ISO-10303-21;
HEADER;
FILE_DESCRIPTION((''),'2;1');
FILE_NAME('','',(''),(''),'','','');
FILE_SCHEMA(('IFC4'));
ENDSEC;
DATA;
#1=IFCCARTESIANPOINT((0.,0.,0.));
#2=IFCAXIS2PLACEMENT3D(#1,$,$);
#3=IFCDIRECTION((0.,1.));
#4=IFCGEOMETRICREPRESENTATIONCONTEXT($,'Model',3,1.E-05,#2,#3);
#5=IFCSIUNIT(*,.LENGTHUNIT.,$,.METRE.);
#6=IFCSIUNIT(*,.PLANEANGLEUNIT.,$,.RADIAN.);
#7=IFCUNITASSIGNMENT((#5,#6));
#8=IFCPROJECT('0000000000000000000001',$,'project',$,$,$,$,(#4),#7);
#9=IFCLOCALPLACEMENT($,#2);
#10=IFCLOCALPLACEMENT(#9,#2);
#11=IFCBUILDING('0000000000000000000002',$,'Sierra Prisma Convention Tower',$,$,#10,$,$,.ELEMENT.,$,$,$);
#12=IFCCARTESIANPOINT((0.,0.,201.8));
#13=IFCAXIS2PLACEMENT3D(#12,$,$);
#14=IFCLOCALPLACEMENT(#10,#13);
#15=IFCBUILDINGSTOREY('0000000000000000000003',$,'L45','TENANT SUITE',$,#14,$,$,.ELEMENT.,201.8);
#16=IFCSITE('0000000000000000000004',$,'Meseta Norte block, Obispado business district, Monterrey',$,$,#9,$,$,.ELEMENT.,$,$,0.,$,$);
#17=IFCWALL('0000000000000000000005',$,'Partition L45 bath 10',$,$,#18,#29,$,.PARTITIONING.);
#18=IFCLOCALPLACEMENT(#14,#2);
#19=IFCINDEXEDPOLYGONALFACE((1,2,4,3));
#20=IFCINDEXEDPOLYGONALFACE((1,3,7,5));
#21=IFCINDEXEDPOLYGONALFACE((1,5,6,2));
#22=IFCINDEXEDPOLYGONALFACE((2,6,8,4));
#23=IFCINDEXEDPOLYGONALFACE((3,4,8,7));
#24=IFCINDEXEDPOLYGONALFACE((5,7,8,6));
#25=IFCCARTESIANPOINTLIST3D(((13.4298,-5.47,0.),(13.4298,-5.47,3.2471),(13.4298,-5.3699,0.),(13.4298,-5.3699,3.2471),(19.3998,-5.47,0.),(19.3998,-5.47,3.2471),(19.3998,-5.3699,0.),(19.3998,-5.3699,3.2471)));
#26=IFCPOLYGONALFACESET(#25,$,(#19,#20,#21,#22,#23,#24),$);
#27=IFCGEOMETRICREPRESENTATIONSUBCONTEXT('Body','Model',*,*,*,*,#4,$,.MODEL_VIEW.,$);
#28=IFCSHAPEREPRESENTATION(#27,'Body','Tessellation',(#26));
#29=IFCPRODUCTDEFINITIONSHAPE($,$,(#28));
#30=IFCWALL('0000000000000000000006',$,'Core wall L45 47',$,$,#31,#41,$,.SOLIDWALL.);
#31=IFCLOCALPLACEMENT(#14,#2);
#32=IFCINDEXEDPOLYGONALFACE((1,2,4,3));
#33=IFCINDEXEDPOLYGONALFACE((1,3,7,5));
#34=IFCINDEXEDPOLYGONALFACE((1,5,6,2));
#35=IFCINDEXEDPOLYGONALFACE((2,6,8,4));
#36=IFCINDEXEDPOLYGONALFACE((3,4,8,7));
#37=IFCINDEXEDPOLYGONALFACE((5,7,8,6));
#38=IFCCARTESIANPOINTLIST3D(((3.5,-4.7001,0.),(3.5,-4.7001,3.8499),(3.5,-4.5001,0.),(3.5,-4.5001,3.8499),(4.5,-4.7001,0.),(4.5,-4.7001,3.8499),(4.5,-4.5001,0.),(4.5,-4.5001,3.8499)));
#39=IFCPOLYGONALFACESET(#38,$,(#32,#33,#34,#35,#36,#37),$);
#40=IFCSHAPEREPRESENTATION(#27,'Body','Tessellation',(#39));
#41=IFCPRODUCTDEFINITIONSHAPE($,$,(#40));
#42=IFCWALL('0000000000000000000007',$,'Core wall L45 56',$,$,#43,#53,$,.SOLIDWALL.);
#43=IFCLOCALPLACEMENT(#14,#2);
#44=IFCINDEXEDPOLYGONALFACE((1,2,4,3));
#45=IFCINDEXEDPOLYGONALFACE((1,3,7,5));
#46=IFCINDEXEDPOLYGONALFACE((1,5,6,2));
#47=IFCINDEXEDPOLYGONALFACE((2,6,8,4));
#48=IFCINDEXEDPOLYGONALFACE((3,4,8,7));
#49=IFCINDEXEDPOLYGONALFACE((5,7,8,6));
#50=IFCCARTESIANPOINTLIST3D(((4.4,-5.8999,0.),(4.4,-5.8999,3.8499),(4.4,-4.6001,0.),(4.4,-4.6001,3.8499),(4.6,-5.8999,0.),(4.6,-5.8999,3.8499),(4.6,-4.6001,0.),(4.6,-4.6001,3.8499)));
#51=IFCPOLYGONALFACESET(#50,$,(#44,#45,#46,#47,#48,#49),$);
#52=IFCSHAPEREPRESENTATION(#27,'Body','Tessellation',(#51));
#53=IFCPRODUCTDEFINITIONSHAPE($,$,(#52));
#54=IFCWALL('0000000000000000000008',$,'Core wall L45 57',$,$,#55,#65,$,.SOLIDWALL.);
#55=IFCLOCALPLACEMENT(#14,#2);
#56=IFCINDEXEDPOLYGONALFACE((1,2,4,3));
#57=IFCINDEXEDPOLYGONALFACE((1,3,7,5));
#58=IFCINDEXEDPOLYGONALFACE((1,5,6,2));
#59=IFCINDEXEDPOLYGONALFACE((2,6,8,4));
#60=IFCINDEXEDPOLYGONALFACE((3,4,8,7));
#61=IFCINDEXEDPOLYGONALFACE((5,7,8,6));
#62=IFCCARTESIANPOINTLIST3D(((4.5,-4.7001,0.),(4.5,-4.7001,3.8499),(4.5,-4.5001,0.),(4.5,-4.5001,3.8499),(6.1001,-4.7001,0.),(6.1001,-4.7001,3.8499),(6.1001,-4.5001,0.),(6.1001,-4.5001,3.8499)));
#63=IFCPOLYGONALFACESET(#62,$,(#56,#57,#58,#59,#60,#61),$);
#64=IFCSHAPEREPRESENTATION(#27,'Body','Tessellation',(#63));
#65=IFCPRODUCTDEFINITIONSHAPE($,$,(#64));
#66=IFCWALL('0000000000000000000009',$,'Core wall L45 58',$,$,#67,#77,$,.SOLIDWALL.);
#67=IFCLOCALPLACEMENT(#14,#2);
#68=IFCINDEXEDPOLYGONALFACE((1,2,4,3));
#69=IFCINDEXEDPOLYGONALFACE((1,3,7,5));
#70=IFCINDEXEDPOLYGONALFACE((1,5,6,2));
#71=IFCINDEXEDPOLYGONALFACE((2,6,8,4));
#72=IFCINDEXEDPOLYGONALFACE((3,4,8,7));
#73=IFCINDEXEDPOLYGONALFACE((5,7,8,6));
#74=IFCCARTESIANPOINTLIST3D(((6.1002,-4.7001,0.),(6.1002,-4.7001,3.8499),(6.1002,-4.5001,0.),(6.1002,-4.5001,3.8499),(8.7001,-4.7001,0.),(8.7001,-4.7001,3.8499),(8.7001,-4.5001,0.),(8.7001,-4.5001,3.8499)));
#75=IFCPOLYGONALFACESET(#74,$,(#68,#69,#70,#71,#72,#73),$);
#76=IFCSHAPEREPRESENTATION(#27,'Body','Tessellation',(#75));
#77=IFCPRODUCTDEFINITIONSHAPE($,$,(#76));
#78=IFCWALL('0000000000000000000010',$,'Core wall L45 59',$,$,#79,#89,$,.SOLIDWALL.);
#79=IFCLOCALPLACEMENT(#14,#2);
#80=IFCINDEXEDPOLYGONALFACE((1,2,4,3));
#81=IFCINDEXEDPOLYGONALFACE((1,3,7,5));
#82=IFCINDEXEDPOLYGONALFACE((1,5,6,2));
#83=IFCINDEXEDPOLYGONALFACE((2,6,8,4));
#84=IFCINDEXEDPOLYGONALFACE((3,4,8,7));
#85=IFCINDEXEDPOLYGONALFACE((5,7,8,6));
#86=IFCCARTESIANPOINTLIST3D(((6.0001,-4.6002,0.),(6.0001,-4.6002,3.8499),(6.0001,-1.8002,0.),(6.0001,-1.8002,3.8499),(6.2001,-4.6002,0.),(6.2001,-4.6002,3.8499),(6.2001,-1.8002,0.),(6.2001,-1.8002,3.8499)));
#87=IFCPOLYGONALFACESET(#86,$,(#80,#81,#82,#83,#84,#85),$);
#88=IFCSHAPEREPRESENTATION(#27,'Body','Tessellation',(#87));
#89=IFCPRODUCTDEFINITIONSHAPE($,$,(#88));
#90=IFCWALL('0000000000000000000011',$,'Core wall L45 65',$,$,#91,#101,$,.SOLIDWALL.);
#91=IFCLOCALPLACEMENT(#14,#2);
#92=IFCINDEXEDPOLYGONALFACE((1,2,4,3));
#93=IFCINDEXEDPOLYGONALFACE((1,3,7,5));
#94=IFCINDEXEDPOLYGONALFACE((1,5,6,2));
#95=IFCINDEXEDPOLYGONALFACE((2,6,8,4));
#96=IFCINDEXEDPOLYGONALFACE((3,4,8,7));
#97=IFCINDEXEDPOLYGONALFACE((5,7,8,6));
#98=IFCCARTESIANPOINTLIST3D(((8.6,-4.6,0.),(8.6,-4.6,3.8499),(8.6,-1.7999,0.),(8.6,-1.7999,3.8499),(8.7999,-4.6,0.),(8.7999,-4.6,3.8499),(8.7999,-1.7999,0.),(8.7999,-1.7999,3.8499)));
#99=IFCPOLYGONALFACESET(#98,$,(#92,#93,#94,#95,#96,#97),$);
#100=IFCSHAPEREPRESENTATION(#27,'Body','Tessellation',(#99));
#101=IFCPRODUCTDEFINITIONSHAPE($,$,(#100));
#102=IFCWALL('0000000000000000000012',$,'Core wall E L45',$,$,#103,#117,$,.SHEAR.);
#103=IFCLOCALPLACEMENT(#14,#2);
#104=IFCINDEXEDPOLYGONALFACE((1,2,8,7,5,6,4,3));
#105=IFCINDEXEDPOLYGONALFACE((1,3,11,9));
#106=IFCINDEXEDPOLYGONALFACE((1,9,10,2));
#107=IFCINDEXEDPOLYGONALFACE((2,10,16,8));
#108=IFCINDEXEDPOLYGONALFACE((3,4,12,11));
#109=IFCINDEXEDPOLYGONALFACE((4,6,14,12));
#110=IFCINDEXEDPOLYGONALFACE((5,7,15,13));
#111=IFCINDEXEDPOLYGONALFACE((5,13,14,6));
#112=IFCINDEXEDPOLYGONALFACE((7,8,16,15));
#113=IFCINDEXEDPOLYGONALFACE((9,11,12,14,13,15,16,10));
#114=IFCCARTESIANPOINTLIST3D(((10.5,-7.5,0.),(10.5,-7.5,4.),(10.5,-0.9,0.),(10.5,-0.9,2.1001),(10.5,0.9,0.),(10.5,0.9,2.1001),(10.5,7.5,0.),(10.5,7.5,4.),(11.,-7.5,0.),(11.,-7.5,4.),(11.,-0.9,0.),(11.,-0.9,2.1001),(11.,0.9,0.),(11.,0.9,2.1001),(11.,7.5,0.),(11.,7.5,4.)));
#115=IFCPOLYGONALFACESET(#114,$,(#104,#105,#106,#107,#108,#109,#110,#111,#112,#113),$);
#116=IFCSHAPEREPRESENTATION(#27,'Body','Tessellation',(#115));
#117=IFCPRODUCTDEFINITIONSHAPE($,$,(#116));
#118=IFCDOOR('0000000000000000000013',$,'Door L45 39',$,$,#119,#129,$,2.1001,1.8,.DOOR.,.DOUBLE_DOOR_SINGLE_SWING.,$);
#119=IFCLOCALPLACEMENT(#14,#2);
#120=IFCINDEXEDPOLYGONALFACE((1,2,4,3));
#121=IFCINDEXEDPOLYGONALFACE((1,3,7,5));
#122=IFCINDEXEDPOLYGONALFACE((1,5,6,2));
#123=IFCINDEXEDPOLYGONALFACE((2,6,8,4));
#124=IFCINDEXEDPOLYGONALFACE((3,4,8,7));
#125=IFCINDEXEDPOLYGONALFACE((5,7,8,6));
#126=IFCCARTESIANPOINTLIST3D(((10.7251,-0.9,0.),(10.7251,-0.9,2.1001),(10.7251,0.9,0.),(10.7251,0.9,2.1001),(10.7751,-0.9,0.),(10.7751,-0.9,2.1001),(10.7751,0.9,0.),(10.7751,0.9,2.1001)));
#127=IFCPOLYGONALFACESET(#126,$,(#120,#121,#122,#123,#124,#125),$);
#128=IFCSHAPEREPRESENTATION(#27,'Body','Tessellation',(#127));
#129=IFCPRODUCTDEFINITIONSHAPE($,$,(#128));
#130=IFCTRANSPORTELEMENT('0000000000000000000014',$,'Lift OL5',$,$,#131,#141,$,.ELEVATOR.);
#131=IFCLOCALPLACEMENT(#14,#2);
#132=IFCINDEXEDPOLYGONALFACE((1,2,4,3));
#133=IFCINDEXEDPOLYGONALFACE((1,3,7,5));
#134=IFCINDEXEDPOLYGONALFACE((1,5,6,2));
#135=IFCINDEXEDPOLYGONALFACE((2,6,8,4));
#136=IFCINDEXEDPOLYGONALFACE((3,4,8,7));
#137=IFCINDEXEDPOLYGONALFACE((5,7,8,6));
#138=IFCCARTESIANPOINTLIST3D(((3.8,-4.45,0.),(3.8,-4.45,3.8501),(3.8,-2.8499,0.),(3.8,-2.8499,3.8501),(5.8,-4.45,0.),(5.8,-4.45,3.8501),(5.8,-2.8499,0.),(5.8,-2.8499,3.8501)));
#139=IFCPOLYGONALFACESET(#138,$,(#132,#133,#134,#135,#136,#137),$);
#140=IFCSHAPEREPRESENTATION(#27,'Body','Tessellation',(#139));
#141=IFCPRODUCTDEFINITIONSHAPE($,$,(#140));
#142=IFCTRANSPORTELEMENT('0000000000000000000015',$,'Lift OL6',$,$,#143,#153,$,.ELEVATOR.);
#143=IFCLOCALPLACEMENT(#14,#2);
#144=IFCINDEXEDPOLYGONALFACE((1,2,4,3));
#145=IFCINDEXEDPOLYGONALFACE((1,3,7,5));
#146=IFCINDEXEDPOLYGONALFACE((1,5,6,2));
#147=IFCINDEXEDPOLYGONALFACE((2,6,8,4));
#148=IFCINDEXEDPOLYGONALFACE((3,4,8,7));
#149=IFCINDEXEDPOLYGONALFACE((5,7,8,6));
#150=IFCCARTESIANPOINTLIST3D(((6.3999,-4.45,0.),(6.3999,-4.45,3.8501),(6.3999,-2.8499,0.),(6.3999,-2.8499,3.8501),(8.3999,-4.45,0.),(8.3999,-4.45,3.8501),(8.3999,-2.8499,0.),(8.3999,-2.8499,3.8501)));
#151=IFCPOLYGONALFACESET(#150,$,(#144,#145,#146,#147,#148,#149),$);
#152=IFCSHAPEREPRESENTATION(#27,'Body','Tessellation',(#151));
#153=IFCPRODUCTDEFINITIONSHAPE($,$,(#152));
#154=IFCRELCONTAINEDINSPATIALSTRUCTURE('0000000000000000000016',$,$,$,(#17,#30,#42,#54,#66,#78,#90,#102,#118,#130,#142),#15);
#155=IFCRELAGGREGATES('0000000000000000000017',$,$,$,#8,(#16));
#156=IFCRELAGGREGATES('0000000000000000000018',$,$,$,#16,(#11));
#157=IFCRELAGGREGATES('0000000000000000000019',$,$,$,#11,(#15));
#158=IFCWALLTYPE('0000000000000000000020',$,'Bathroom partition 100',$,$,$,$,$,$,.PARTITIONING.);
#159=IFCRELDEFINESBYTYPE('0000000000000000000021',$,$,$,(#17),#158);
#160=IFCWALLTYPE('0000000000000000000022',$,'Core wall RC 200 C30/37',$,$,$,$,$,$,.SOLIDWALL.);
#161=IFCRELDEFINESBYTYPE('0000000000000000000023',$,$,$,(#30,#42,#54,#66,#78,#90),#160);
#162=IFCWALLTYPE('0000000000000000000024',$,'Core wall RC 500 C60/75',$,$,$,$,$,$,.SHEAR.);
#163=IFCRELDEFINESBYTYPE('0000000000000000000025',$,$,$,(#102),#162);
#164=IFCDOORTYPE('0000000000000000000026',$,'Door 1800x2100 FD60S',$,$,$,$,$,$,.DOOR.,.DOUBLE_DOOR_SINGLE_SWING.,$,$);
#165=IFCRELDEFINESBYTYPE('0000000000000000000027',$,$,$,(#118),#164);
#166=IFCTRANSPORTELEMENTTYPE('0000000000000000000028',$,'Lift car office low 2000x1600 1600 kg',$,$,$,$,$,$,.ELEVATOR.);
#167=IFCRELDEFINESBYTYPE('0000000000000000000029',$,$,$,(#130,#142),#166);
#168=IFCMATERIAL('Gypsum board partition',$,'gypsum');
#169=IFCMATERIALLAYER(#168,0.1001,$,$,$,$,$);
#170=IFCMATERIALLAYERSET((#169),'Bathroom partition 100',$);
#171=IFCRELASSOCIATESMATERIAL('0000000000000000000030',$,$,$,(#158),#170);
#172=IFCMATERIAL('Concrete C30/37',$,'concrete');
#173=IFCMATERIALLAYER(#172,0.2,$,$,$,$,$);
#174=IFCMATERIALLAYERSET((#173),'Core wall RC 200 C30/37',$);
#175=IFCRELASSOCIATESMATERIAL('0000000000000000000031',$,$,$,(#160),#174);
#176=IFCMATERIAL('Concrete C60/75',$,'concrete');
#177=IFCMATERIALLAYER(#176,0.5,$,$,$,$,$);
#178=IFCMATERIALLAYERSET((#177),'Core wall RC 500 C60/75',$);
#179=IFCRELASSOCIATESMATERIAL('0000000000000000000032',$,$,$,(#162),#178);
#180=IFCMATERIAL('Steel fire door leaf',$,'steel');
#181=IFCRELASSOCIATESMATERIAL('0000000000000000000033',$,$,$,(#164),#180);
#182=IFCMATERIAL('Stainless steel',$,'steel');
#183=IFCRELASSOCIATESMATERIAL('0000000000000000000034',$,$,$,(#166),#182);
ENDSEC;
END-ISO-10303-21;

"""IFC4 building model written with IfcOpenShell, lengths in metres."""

from ifc_helpers import new_model, si_unit, direction, frame, frame_2d, origin, origin_2d, place, context, subcontext, project, spatial, rectangle, extrude, material, layer, layer_set, type_object, element, fill, save


model = new_model("IFC4")

# Units and contexts
model_context = context("Model", 3, precision=1e-05, world=origin(), true_north=direction((0.0, 1.0)))
body_context = subcontext(model_context, "Body", "Model", "MODEL_VIEW")
ifc_project = project(units=[si_unit("LENGTHUNIT", "METRE"), si_unit("PLANEANGLEUNIT", "RADIAN")], contexts=[model_context])

# Site, building, storey
site_placement = place(None, origin())
site = spatial("IfcSite", under=ifc_project, at=site_placement, Name="Meseta Norte block, Obispado business district, Monterrey", CompositionType="ELEMENT", RefElevation=0.0)
building_placement = place(site_placement, origin())
building = spatial("IfcBuilding", under=site, at=building_placement, Name="Sierra Prisma Convention Tower", CompositionType="ELEMENT")
storey_placement = place(building_placement, frame((0.0, 0.0, 201.8)))
storey = spatial("IfcBuildingStorey", under=building, at=storey_placement, Name="L45", Description="TENANT SUITE", CompositionType="ELEMENT", Elevation=201.8)

# Walls
ifc_material_1 = material(Name="Gypsum board partition", Category="gypsum")
ifc_layer_1 = layer(ifc_material_1, 0.1001)
ifc_layer_set_1 = layer_set([ifc_layer_1], Name="Bathroom partition 100")
wall_type_1 = type_object("IfcWallType", Name="Bathroom partition 100", PredefinedType="PARTITIONING", material=ifc_layer_set_1)
wall_1_placement = place(storey_placement, frame((13.4299, -5.4199, 0.0), z_axis=(0.0, 0.0, 1.0), x_axis=(1.0, 0.0, 0.0)))
element("IfcWall", 1, at=wall_1_placement, inside=storey, type_object=wall_type_1, Name="Partition L45 bath 10", PredefinedType="PARTITIONING", context=body_context, shape_type="SweptSolid", body=[
    extrude(rectangle(XDim=5.97, YDim=0.1001, at=frame_2d((2.9849, 0.0))), origin(), (0.0, 0.0, 1.0), 3.2471),
])
ifc_material_2 = material(Name="Concrete C30/37", Category="concrete")
ifc_layer_2 = layer(ifc_material_2, 0.2)
ifc_layer_set_2 = layer_set([ifc_layer_2], Name="Core wall RC 200 C30/37")
wall_type_2 = type_object("IfcWallType", Name="Core wall RC 200 C30/37", PredefinedType="SOLIDWALL", material=ifc_layer_set_2)
wall_2_placement = place(storey_placement, frame((4.5, -4.6001, 0.0), z_axis=(0.0, 0.0, 1.0), x_axis=(-1.0, 0.0, 0.0)))
element("IfcWall", 2, at=wall_2_placement, inside=storey, type_object=wall_type_2, Name="Core wall L45 47", PredefinedType="SOLIDWALL", context=body_context, shape_type="SweptSolid", body=[
    extrude(rectangle(XDim=1.0, YDim=0.2, at=frame_2d((0.5, 0.0))), origin(), (0.0, 0.0, 1.0), 3.8499),
])
wall_3_placement = place(storey_placement, frame((4.5, -4.6001, 0.0), z_axis=(0.0, 0.0, 1.0), x_axis=(0.0, -1.0, 0.0)))
element("IfcWall", 3, at=wall_3_placement, inside=storey, type_object=wall_type_2, Name="Core wall L45 56", PredefinedType="SOLIDWALL", context=body_context, shape_type="SweptSolid", body=[
    extrude(rectangle(XDim=1.2998, YDim=0.2, at=frame_2d((0.6499, 0.0))), origin(), (0.0, 0.0, 1.0), 3.8499),
])
wall_4_placement = place(storey_placement, frame((6.1001, -4.6001, 0.0), z_axis=(0.0, 0.0, 1.0), x_axis=(-1.0, 0.0, 0.0)))
element("IfcWall", 4, at=wall_4_placement, inside=storey, type_object=wall_type_2, Name="Core wall L45 57", PredefinedType="SOLIDWALL", context=body_context, shape_type="SweptSolid", body=[
    extrude(rectangle(XDim=1.6001, YDim=0.2, at=frame_2d((0.8, 0.0))), origin(), (0.0, 0.0, 1.0), 3.8499),
])
wall_5_placement = place(storey_placement, frame((8.7, -4.6001, 0.0), z_axis=(0.0, 0.0, 1.0), x_axis=(-1.0, 0.0, 0.0)))
element("IfcWall", 5, at=wall_5_placement, inside=storey, type_object=wall_type_2, Name="Core wall L45 58", PredefinedType="SOLIDWALL", context=body_context, shape_type="SweptSolid", body=[
    extrude(rectangle(XDim=2.5999, YDim=0.2, at=frame_2d((1.2998, 0.0))), origin(), (0.0, 0.0, 1.0), 3.8499),
])
wall_6_placement = place(storey_placement, frame((6.1001, -4.6001, 0.0), z_axis=(0.0, 0.0, 1.0), x_axis=(0.0, 1.0, 0.0)))
element("IfcWall", 6, at=wall_6_placement, inside=storey, type_object=wall_type_2, Name="Core wall L45 59", PredefinedType="SOLIDWALL", context=body_context, shape_type="SweptSolid", body=[
    extrude(rectangle(XDim=2.8, YDim=0.2, at=frame_2d((1.3999, 0.0))), origin(), (0.0, 0.0, 1.0), 3.8499),
])

# Wall
wall_7_placement = place(storey_placement, frame((8.7, -1.8, 0.0), z_axis=(0.0, 0.0, 1.0), x_axis=(0.0, -1.0, 0.0)))
element("IfcWall", 7, at=wall_7_placement, inside=storey, type_object=wall_type_2, Name="Core wall L45 65", PredefinedType="SOLIDWALL", context=body_context, shape_type="SweptSolid", body=[
    extrude(rectangle(XDim=2.8, YDim=0.2, at=frame_2d((1.3999, 0.0))), origin(), (0.0, 0.0, 1.0), 3.8499),
])

# Wall, opening, door
ifc_material_3 = material(Name="Concrete C60/75", Category="concrete")
ifc_layer_3 = layer(ifc_material_3, 0.5)
ifc_layer_set_3 = layer_set([ifc_layer_3], Name="Core wall RC 500 C60/75")
wall_type_3 = type_object("IfcWallType", Name="Core wall RC 500 C60/75", PredefinedType="SHEAR", material=ifc_layer_set_3)
wall_8_placement = place(storey_placement, frame((10.75, -7.5, 0.0), z_axis=(0.0, 0.0, 1.0), x_axis=(0.0, 1.0, 0.0)))
wall_8 = element("IfcWall", 8, at=wall_8_placement, inside=storey, type_object=wall_type_3, Name="Core wall E L45", PredefinedType="SHEAR", context=body_context, shape_type="SweptSolid", body=[
    extrude(rectangle(XDim=15.0, YDim=0.5, at=frame_2d((7.5, 0.0))), origin(), (0.0, 0.0, 1.0), 4.0),
])
opening_1_placement = place(wall_8_placement, frame((6.6001, 0.0, 0.0)))
opening_1 = element("IfcOpeningElement", 9, at=opening_1_placement, cuts=wall_8, PredefinedType="OPENING", context=body_context, shape_type="SweptSolid", body=[
    extrude(rectangle(XDim=1.8, YDim=2.1001, at=frame_2d((0.8999, 1.05))), frame((0.0, 0.25, 0.0), z_axis=(0.0, -1.0, 0.0), x_axis=(1.0, 0.0, 0.0)), (0.0, 0.0, 1.0), 0.5),
])
ifc_material_4 = material(Name="Steel fire door leaf", Category="steel")
door_type_1 = type_object("IfcDoorType", Name="Door 1800x2100 FD60S", OperationType="DOUBLE_DOOR_SINGLE_SWING", PredefinedType="DOOR", material=ifc_material_4)
door_1_placement = place(opening_1_placement, origin())
door_1 = element("IfcDoor", 10, at=door_1_placement, inside=storey, type_object=door_type_1, Name="Door L45 39", OperationType="DOUBLE_DOOR_SINGLE_SWING", OverallHeight=2.1001, OverallWidth=1.8, PredefinedType="DOOR", context=body_context, shape_type="SweptSolid", body=[
    extrude(rectangle(XDim=1.8, YDim=2.1001, at=frame_2d((0.8999, 1.05))), frame((0.0, 0.0249, 0.0), z_axis=(0.0, -1.0, 0.0), x_axis=(1.0, 0.0, 0.0)), (0.0, 0.0, 1.0), 0.05),
])
fill(opening_1, door_1)

# Transport elements
ifc_material_5 = material(Name="Stainless steel", Category="steel")
transport_element_type = type_object("IfcTransportElementType", Name="Lift car office low 2000x1600 1600 kg", PredefinedType="ELEVATOR", material=ifc_material_5)
for number, where, z_axis, x_axis, name in (
    (11, (4.8, -3.6499, 0.0), (0.0, 0.0, 1.0), (1.0, 0.0, 0.0), "Lift OL5"),
    (12, (7.3999, -3.6499, 0.0), (0.0, 0.0, 1.0), (1.0, 0.0, 0.0), "Lift OL6"),
):
    element("IfcTransportElement", number, at=place(storey_placement, frame(where, z_axis=z_axis, x_axis=x_axis)), inside=storey, type_object=transport_element_type, Name=name, PredefinedType="ELEVATOR", context=body_context, shape_type="SweptSolid", body=[
        extrude(rectangle(XDim=2.0, YDim=1.6001, at=origin_2d()), origin(), (0.0, 0.0, 1.0), 3.8501),
    ])

save(model, "model.ifc")
